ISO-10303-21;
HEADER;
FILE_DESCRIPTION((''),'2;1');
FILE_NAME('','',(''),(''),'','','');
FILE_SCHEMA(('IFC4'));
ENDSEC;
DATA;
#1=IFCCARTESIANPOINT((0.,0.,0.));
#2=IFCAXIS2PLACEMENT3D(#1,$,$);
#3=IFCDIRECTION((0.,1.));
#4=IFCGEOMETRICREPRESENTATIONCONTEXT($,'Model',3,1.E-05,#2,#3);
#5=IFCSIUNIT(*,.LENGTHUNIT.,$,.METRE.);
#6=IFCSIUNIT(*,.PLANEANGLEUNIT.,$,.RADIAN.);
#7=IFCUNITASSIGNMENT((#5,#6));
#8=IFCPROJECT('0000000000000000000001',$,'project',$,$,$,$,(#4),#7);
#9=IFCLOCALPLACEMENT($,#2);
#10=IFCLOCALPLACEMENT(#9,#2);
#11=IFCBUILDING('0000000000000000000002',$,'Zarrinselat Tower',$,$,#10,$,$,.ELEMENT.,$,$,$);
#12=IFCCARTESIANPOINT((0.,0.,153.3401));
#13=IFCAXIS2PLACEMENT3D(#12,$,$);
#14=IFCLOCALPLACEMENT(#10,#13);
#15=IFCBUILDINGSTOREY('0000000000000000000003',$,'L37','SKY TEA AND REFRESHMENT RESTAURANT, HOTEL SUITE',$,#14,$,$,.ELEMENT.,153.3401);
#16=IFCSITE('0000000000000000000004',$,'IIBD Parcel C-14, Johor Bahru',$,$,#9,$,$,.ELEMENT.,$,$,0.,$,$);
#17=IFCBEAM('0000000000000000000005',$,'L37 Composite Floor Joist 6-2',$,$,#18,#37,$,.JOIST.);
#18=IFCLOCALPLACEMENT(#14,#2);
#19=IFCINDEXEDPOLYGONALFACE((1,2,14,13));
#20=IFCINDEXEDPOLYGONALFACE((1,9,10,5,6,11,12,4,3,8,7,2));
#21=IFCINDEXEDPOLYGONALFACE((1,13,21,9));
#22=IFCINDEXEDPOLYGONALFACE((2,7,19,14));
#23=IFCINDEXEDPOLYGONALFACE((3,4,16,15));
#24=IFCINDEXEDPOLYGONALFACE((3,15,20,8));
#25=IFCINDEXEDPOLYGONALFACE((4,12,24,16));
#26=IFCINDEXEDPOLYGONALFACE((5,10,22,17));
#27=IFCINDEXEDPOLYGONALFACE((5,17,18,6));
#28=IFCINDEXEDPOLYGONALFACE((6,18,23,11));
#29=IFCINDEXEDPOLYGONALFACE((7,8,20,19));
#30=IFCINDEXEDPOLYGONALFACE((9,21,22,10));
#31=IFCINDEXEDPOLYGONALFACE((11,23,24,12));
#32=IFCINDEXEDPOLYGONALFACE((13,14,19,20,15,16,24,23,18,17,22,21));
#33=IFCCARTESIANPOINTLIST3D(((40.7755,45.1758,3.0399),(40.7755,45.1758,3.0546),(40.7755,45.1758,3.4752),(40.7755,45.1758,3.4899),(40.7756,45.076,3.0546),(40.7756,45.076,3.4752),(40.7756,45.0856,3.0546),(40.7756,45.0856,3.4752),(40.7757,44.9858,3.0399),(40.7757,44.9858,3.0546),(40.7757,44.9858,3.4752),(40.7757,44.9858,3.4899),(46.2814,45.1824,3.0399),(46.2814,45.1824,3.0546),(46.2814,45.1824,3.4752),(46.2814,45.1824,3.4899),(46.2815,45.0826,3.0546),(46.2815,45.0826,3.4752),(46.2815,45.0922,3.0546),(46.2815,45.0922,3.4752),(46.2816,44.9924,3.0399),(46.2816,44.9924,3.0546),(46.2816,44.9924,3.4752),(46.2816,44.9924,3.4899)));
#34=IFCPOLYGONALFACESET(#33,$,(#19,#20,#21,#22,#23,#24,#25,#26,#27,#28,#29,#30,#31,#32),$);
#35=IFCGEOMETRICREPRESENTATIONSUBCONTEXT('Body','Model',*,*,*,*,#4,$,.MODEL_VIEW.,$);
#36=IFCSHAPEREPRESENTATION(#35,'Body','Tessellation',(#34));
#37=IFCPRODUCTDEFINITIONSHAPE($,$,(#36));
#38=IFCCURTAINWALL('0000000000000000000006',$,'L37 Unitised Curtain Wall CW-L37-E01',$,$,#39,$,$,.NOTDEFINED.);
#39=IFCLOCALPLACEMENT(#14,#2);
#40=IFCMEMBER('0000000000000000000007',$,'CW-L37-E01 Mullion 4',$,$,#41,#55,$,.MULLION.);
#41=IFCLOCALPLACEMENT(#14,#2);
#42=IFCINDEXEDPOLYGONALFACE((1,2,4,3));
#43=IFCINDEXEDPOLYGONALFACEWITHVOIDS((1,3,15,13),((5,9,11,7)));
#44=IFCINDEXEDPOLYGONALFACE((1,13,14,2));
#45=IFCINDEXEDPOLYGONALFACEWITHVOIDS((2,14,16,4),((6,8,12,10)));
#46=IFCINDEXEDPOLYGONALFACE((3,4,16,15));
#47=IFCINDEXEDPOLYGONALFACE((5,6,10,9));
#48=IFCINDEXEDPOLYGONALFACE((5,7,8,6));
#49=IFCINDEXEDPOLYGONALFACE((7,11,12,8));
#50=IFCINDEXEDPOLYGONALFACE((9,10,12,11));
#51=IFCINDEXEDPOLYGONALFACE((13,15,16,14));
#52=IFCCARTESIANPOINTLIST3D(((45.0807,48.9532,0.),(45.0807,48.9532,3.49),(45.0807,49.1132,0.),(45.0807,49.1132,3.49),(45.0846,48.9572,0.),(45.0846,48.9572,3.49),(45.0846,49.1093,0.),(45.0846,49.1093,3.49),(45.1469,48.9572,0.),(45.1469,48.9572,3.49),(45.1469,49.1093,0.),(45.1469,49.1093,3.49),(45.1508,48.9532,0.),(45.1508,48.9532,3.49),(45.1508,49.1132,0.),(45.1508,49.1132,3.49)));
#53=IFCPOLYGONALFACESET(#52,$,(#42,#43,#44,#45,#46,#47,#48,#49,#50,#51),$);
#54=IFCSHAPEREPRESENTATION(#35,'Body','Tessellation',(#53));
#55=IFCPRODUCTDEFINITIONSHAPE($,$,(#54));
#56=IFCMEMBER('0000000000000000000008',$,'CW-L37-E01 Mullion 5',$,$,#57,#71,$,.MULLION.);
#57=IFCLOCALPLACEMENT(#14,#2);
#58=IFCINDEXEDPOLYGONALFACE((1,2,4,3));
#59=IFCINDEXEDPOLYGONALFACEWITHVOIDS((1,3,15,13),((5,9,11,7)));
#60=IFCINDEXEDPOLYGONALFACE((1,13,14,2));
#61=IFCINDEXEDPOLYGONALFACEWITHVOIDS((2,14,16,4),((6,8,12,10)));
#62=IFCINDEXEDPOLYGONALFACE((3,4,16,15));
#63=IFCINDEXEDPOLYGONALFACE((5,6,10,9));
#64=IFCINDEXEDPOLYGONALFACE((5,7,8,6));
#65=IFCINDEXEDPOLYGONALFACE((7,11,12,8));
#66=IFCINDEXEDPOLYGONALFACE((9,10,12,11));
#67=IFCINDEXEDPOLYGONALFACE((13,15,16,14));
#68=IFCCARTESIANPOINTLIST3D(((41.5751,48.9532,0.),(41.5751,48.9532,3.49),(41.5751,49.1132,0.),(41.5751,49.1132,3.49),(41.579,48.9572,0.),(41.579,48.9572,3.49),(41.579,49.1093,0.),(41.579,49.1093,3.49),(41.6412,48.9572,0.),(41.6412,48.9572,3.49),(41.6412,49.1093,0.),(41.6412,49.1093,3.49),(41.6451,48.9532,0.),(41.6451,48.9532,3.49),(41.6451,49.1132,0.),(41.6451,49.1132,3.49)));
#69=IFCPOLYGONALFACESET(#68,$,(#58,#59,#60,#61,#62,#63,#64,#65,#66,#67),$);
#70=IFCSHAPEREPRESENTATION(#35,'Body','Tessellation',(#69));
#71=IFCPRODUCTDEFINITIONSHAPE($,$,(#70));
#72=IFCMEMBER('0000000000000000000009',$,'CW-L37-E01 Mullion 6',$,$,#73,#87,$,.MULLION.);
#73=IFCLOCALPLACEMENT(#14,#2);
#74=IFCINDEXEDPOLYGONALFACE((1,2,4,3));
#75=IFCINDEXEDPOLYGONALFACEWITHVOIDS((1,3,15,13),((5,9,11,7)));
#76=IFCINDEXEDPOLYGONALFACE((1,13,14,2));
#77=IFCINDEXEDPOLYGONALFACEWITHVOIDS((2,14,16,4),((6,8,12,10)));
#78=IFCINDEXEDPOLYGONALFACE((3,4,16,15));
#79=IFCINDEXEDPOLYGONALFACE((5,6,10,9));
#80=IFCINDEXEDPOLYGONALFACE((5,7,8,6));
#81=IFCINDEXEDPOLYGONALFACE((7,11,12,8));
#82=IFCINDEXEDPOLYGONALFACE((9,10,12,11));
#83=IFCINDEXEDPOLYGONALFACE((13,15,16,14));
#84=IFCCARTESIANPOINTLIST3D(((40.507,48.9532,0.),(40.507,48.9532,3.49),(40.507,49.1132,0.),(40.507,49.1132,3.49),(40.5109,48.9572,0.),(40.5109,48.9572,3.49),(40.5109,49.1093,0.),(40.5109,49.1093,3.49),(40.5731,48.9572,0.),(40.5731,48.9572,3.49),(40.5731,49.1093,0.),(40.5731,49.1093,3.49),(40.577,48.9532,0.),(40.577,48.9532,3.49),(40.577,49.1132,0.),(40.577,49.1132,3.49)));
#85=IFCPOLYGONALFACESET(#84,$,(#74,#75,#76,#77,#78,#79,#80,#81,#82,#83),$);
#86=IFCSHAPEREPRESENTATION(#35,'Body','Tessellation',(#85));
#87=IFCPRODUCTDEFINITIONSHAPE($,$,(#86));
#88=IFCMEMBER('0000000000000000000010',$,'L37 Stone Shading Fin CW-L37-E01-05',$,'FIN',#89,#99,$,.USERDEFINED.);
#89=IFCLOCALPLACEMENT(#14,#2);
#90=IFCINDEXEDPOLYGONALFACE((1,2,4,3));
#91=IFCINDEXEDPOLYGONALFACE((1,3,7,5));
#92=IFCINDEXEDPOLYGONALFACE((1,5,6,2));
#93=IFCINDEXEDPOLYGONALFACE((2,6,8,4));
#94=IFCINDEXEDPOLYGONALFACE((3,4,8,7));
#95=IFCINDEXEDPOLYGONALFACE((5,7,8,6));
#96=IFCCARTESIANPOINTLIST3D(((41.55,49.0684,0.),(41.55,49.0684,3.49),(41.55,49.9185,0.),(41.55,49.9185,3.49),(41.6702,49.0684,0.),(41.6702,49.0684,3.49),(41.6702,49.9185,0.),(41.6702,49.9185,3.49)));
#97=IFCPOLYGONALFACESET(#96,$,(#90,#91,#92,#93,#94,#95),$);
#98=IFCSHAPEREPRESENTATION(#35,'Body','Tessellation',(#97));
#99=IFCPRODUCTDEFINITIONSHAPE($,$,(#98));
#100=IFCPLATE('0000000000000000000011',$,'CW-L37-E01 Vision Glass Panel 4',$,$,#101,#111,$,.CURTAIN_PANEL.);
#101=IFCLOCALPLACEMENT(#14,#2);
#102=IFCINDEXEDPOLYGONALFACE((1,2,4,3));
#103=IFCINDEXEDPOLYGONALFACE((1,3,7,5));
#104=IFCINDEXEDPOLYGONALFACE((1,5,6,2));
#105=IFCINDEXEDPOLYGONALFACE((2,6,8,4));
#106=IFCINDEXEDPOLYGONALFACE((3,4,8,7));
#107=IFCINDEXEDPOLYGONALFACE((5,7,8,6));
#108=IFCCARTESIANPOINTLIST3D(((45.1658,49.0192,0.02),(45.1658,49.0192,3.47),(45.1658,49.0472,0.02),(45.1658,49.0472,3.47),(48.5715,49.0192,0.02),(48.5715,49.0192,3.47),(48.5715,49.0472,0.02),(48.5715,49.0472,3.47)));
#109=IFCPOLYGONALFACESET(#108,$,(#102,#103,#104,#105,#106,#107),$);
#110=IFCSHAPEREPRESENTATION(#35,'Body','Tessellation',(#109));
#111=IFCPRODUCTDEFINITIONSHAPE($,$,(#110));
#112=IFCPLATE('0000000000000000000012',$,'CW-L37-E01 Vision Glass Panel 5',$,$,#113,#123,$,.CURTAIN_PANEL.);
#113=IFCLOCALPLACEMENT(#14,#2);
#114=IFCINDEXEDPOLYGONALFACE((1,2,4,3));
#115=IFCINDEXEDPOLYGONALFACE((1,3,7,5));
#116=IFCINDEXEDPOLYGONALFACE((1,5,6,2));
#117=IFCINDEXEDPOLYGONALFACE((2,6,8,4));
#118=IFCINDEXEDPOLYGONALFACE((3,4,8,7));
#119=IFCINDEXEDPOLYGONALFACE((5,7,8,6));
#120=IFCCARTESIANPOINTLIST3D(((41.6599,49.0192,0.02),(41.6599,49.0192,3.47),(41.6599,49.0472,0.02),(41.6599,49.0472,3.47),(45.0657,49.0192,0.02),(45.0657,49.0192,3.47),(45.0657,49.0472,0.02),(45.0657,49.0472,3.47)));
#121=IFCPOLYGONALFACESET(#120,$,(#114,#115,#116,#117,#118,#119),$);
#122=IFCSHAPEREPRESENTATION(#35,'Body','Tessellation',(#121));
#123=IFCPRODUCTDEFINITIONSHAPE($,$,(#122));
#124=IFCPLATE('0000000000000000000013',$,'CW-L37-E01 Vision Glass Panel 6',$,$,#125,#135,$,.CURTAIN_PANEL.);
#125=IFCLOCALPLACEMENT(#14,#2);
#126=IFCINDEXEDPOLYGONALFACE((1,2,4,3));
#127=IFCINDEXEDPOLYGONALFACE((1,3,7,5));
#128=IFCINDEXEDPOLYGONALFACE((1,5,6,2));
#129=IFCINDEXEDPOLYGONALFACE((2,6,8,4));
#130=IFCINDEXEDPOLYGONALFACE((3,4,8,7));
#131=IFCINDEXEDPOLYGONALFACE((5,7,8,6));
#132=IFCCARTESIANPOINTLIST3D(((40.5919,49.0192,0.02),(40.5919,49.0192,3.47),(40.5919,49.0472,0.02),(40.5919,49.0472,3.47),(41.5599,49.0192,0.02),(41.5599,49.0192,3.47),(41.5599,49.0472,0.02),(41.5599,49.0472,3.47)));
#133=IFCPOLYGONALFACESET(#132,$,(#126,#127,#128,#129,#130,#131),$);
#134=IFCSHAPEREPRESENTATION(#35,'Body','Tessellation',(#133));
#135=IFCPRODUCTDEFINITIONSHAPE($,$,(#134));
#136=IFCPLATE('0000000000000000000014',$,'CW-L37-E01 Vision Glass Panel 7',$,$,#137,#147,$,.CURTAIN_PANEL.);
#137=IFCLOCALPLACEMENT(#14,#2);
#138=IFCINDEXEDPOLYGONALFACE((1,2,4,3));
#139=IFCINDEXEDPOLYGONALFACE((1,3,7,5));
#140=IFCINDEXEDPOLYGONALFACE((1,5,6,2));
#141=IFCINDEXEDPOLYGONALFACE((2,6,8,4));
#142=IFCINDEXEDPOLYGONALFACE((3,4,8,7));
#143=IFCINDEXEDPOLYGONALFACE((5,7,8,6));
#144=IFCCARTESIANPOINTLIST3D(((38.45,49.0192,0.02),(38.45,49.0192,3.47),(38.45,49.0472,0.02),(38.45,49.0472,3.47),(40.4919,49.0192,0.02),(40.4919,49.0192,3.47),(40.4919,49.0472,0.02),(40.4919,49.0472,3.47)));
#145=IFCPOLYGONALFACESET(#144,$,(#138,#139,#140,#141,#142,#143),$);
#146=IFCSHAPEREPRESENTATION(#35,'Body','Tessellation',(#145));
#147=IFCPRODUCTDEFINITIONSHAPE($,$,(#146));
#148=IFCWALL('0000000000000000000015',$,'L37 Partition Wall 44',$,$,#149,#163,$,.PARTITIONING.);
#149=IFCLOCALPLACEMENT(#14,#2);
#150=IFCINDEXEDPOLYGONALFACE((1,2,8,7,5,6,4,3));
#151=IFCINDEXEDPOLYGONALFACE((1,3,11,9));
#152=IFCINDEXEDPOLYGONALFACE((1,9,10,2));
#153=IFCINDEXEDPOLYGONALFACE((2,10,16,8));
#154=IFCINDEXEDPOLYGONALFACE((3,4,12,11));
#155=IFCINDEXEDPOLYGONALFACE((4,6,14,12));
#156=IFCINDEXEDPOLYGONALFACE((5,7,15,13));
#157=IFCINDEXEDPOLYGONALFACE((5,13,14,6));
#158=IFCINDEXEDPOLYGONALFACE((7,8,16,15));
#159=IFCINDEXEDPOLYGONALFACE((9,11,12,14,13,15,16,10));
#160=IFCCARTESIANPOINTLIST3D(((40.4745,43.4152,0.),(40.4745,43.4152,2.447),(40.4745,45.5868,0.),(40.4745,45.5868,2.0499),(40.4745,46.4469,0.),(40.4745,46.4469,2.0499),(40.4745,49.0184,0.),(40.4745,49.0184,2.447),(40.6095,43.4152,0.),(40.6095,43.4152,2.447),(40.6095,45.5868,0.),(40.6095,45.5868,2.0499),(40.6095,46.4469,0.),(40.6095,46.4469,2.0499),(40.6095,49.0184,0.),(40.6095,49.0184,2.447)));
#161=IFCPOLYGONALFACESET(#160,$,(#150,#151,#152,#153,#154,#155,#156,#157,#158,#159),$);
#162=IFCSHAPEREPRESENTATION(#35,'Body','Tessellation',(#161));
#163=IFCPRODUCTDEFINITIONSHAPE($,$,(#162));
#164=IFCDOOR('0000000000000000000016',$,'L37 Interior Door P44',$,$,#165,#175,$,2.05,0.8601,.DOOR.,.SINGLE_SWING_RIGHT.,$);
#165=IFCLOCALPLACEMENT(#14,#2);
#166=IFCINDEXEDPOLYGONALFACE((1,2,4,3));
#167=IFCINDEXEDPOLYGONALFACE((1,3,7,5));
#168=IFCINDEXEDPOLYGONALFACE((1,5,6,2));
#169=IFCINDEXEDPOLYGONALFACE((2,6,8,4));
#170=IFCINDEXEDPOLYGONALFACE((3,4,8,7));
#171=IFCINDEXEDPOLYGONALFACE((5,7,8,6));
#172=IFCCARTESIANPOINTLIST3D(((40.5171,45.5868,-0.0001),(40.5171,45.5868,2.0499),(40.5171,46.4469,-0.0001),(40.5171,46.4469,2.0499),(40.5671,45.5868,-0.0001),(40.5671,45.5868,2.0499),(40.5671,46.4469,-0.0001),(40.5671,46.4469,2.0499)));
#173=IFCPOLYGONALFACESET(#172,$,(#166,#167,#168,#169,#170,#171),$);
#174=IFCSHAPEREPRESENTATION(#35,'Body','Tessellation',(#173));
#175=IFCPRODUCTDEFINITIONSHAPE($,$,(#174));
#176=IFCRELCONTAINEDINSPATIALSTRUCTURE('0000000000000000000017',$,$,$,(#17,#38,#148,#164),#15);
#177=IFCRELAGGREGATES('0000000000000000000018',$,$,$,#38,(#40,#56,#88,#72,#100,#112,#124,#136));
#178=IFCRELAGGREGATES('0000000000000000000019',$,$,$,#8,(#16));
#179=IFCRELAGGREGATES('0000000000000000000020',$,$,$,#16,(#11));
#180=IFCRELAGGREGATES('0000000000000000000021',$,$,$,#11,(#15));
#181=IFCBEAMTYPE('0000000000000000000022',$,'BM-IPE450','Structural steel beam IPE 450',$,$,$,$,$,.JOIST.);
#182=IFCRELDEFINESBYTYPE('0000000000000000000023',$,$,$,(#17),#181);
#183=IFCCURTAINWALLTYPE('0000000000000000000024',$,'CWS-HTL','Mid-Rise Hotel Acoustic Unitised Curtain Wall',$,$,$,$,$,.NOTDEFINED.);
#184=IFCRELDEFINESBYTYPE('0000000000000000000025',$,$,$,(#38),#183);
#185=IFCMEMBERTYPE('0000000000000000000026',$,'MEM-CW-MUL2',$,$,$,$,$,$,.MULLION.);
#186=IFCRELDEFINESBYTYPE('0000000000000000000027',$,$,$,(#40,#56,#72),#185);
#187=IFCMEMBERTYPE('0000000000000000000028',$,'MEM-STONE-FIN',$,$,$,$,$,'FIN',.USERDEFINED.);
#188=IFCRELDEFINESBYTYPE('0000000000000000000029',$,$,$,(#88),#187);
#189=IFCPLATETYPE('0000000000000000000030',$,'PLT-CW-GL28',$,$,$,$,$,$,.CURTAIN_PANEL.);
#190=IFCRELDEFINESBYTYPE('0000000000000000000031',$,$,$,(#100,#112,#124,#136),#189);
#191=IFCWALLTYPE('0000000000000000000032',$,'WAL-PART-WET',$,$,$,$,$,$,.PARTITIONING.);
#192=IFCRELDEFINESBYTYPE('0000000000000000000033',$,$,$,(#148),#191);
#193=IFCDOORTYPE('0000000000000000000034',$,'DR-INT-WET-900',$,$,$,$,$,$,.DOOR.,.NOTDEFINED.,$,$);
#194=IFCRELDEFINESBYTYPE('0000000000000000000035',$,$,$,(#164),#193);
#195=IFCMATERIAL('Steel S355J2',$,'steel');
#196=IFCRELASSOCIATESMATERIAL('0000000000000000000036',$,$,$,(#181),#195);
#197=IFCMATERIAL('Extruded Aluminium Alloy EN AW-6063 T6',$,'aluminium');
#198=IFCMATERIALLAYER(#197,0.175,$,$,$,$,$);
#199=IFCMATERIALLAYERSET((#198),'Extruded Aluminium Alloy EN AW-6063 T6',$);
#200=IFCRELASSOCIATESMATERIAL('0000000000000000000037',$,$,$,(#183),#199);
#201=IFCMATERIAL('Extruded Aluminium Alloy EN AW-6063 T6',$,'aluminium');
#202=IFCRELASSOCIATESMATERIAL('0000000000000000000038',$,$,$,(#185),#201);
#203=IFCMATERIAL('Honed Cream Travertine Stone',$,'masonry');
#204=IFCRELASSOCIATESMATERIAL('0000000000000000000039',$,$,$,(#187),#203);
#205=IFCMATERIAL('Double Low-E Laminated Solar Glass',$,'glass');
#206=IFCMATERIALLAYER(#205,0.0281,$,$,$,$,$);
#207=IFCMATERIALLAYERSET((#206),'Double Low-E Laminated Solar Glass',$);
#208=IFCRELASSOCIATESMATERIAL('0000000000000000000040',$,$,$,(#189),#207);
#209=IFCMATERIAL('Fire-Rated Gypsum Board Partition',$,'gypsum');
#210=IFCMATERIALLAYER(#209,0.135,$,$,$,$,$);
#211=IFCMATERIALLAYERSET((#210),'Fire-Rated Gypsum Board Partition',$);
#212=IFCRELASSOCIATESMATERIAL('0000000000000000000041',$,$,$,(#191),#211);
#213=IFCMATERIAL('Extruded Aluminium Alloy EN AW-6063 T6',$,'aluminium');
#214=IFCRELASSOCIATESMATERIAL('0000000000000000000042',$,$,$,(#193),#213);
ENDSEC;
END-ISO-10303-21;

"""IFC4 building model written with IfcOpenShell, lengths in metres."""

from ifc_helpers import new_model, si_unit, direction, frame, frame_2d, origin, origin_2d, place, context, subcontext, project, spatial, rectangle, hollow_rectangle, i_section, extrude, material, layer, layer_set, material_profile, profile_set, type_object, element, fill, aggregate, save


model = new_model("IFC4")

# Units and contexts
model_context = context("Model", 3, precision=1e-05, world=origin(), true_north=direction((0.0, 1.0)))
body_context = subcontext(model_context, "Body", "Model", "MODEL_VIEW")
ifc_project = project(units=[si_unit("LENGTHUNIT", "METRE"), si_unit("PLANEANGLEUNIT", "RADIAN")], contexts=[model_context])

# Site, building, storey
site_placement = place(None, origin())
site = spatial("IfcSite", under=ifc_project, at=site_placement, Name="IIBD Parcel C-14, Johor Bahru", CompositionType="ELEMENT", RefElevation=0.0)
building_placement = place(site_placement, origin())
building = spatial("IfcBuilding", under=site, at=building_placement, Name="Zarrinselat Tower", CompositionType="ELEMENT")
storey_placement = place(building_placement, frame((0.0, 0.0, 153.3401)))
storey = spatial("IfcBuildingStorey", under=building, at=storey_placement, Name="L37", Description="SKY TEA AND REFRESHMENT RESTAURANT, HOTEL SUITE", CompositionType="ELEMENT", Elevation=153.3401)

# Beam
ifc_material_1 = material(Name="Steel S355J2", Category="steel")
ifc_material_profile_1 = material_profile(ifc_material_1, i_section(OverallWidth=0.1899, OverallDepth=0.45, WebThickness=0.0095, FlangeThickness=0.0146, at=origin_2d()), Name="IPE 450")
ifc_profile_set_1 = profile_set([ifc_material_profile_1], Name="Steel S355J2")
beam_type_1 = type_object("IfcBeamType", Name="BM-IPE450", Description="Structural steel beam IPE 450", PredefinedType="JOIST", material=ifc_profile_set_1)
beam_1_placement = place(storey_placement, frame((40.7756, 45.0808, 3.2649), z_axis=(0.999999, 0.001197, 0.0), x_axis=(-0.001197, 0.999999, 0.0)))
element("IfcBeam", 1, at=beam_1_placement, inside=storey, type_object=beam_type_1, Name="L37 Composite Floor Joist 6-2", PredefinedType="JOIST", context=body_context, shape_type="SweptSolid", body=[
    extrude(i_section(OverallWidth=0.1899, OverallDepth=0.45, WebThickness=0.0095, FlangeThickness=0.0146, at=origin_2d()), origin(), (0.0, 0.0, 1.0), 5.5059),
])

# Curtain wall, members, plates
ifc_material_2 = material(Name="Extruded Aluminium Alloy EN AW-6063 T6", Category="aluminium")
ifc_layer_1 = layer(ifc_material_2, 0.175)
ifc_layer_set_1 = layer_set([ifc_layer_1], Name="Extruded Aluminium Alloy EN AW-6063 T6")
curtain_wall_type = type_object("IfcCurtainWallType", Name="CWS-HTL", Description="Mid-Rise Hotel Acoustic Unitised Curtain Wall", PredefinedType="NOTDEFINED", material=ifc_layer_set_1)
curtain_wall_placement = place(storey_placement, origin())
curtain_wall = element("IfcCurtainWall", 2, at=curtain_wall_placement, inside=storey, type_object=curtain_wall_type, Name="L37 Unitised Curtain Wall CW-L37-E01", PredefinedType="NOTDEFINED")
ifc_material_3 = material(Name="Extruded Aluminium Alloy EN AW-6063 T6", Category="aluminium")
ifc_material_profile_2 = material_profile(ifc_material_3, hollow_rectangle(XDim=0.0701, YDim=0.1599, WallThickness=0.0039, at=origin_2d()), Name="RHS 160x70x4")
ifc_profile_set_2 = profile_set([ifc_material_profile_2], Name="Extruded Aluminium Alloy EN AW-6063 T6")
member_type_1 = type_object("IfcMemberType", Name="MEM-CW-MUL2", PredefinedType="MULLION", material=ifc_profile_set_2)
member_1_placement = place(storey_placement, frame((45.1157, 49.0332, 0.0), z_axis=(0.0, 0.0, 1.0), x_axis=(-1.0, 0.0, 0.0)))
member_1 = element("IfcMember", 3, at=member_1_placement, type_object=member_type_1, Name="CW-L37-E01 Mullion 4", PredefinedType="MULLION", context=body_context, shape_type="SweptSolid", body=[
    extrude(hollow_rectangle(XDim=0.0701, YDim=0.1599, WallThickness=0.0039, at=origin_2d()), origin(), (0.0, 0.0, 1.0), 3.49),
])
member_2_placement = place(storey_placement, frame((41.6101, 49.0332, 0.0), z_axis=(0.0, 0.0, 1.0), x_axis=(-1.0, 0.0, 0.0)))
member_2 = element("IfcMember", 4, at=member_2_placement, type_object=member_type_1, Name="CW-L37-E01 Mullion 5", PredefinedType="MULLION", context=body_context, shape_type="SweptSolid", body=[
    extrude(hollow_rectangle(XDim=0.0701, YDim=0.1599, WallThickness=0.0039, at=origin_2d()), origin(), (0.0, 0.0, 1.0), 3.49),
])
member_3_placement = place(storey_placement, frame((40.542, 49.0332, 0.0), z_axis=(0.0, 0.0, 1.0), x_axis=(-1.0, 0.0, 0.0)))
member_3 = element("IfcMember", 5, at=member_3_placement, type_object=member_type_1, Name="CW-L37-E01 Mullion 6", PredefinedType="MULLION", context=body_context, shape_type="SweptSolid", body=[
    extrude(hollow_rectangle(XDim=0.0701, YDim=0.1599, WallThickness=0.0039, at=origin_2d()), origin(), (0.0, 0.0, 1.0), 3.49),
])
ifc_material_4 = material(Name="Honed Cream Travertine Stone", Category="masonry")
ifc_material_profile_3 = material_profile(ifc_material_4, rectangle(XDim=0.1201, YDim=0.8501, at=origin_2d()), Name="FIN 850x120")
ifc_profile_set_3 = profile_set([ifc_material_profile_3], Name="Honed Cream Travertine Stone")
member_type_2 = type_object("IfcMemberType", Name="MEM-STONE-FIN", ElementType="FIN", PredefinedType="USERDEFINED", material=ifc_profile_set_3)
member_4_placement = place(storey_placement, frame((41.6101, 49.4934, 0.0), z_axis=(0.0, 0.0, 1.0), x_axis=(1.0, 0.0, 0.0)))
member_4 = element("IfcMember", 6, at=member_4_placement, type_object=member_type_2, Name="L37 Stone Shading Fin CW-L37-E01-05", ObjectType="FIN", PredefinedType="USERDEFINED", context=body_context, shape_type="SweptSolid", body=[
    extrude(rectangle(XDim=0.1201, YDim=0.8501, at=origin_2d()), origin(), (0.0, 0.0, 1.0), 3.49),
])
ifc_material_5 = material(Name="Double Low-E Laminated Solar Glass", Category="glass")
ifc_layer_2 = layer(ifc_material_5, 0.0281)
ifc_layer_set_2 = layer_set([ifc_layer_2], Name="Double Low-E Laminated Solar Glass")
plate_type = type_object("IfcPlateType", Name="PLT-CW-GL28", PredefinedType="CURTAIN_PANEL", material=ifc_layer_set_2)
plate_1_placement = place(storey_placement, frame((46.8687, 49.0332, 0.02), z_axis=(0.0, 0.0, 1.0), x_axis=(-1.0, 0.0, 0.0)))
plate_1 = element("IfcPlate", 7, at=plate_1_placement, type_object=plate_type, Name="CW-L37-E01 Vision Glass Panel 4", PredefinedType="CURTAIN_PANEL", context=body_context, shape_type="SweptSolid", body=[
    extrude(rectangle(XDim=3.4058, YDim=0.0281, at=origin_2d()), origin(), (0.0, 0.0, 1.0), 3.45),
])
plate_2_placement = place(storey_placement, frame((43.3628, 49.0332, 0.02), z_axis=(0.0, 0.0, 1.0), x_axis=(-1.0, 0.0, 0.0)))
plate_2 = element("IfcPlate", 8, at=plate_2_placement, type_object=plate_type, Name="CW-L37-E01 Vision Glass Panel 5", PredefinedType="CURTAIN_PANEL", context=body_context, shape_type="SweptSolid", body=[
    extrude(rectangle(XDim=3.4058, YDim=0.0281, at=origin_2d()), origin(), (0.0, 0.0, 1.0), 3.45),
])
plate_3_placement = place(storey_placement, frame((41.0759, 49.0332, 0.02), z_axis=(0.0, 0.0, 1.0), x_axis=(-1.0, 0.0, 0.0)))
plate_3 = element("IfcPlate", 9, at=plate_3_placement, type_object=plate_type, Name="CW-L37-E01 Vision Glass Panel 6", PredefinedType="CURTAIN_PANEL", context=body_context, shape_type="SweptSolid", body=[
    extrude(rectangle(XDim=0.968, YDim=0.0281, at=origin_2d()), origin(), (0.0, 0.0, 1.0), 3.45),
])
plate_4_placement = place(storey_placement, frame((39.4709, 49.0332, 0.02), z_axis=(0.0, 0.0, 1.0), x_axis=(-1.0, 0.0, 0.0)))
plate_4 = element("IfcPlate", 10, at=plate_4_placement, type_object=plate_type, Name="CW-L37-E01 Vision Glass Panel 7", PredefinedType="CURTAIN_PANEL", context=body_context, shape_type="SweptSolid", body=[
    extrude(rectangle(XDim=2.042, YDim=0.0281, at=origin_2d()), origin(), (0.0, 0.0, 1.0), 3.45),
])
aggregate(curtain_wall, [member_1, member_2, member_4, member_3, plate_1, plate_2, plate_3, plate_4])

# Wall, opening, door
ifc_material_6 = material(Name="Fire-Rated Gypsum Board Partition", Category="gypsum")
ifc_layer_3 = layer(ifc_material_6, 0.135)
ifc_layer_set_3 = layer_set([ifc_layer_3], Name="Fire-Rated Gypsum Board Partition")
wall_type = type_object("IfcWallType", Name="WAL-PART-WET", PredefinedType="PARTITIONING", material=ifc_layer_set_3)
wall_placement = place(storey_placement, frame((40.542, 43.415, 0.0), z_axis=(0.0, 0.0, 1.0), x_axis=(0.0, 1.0, 0.0)))
wall = element("IfcWall", 11, at=wall_placement, inside=storey, type_object=wall_type, Name="L37 Partition Wall 44", PredefinedType="PARTITIONING", context=body_context, shape_type="SweptSolid", body=[
    extrude(rectangle(XDim=5.6033, YDim=0.135, at=frame_2d((2.8018, 0.0))), origin(), (0.0, 0.0, 1.0), 2.447),
])
opening_placement = place(wall_placement, frame((2.1716, 0.0, 0.0)))
opening = element("IfcOpeningElement", 12, at=opening_placement, cuts=wall, PredefinedType="OPENING", context=body_context, shape_type="SweptSolid", body=[
    extrude(rectangle(XDim=0.8601, YDim=2.05, at=frame_2d((0.4302, 1.0249))), frame((0.0, 0.0774, 0.0), z_axis=(0.0, -1.0, 0.0), x_axis=(1.0, 0.0, 0.0)), (0.0, 0.0, 1.0), 0.155),
])
ifc_material_7 = material(Name="Extruded Aluminium Alloy EN AW-6063 T6", Category="aluminium")
door_type = type_object("IfcDoorType", Name="DR-INT-WET-900", OperationType="NOTDEFINED", PredefinedType="DOOR", material=ifc_material_7)
door_placement = place(opening_placement, origin())
door = element("IfcDoor", 13, at=door_placement, inside=storey, type_object=door_type, Name="L37 Interior Door P44", OperationType="SINGLE_SWING_RIGHT", OverallHeight=2.05, OverallWidth=0.8601, PredefinedType="DOOR", context=body_context, shape_type="SweptSolid", body=[
    extrude(rectangle(XDim=0.8601, YDim=2.05, at=frame_2d((0.4302, 1.0249))), frame((0.0, 0.0249, 0.0), z_axis=(0.0, -1.0, 0.0), x_axis=(1.0, 0.0, 0.0)), (0.0, 0.0, 1.0), 0.05),
])
fill(opening, door)

save(model, "model.ifc")
